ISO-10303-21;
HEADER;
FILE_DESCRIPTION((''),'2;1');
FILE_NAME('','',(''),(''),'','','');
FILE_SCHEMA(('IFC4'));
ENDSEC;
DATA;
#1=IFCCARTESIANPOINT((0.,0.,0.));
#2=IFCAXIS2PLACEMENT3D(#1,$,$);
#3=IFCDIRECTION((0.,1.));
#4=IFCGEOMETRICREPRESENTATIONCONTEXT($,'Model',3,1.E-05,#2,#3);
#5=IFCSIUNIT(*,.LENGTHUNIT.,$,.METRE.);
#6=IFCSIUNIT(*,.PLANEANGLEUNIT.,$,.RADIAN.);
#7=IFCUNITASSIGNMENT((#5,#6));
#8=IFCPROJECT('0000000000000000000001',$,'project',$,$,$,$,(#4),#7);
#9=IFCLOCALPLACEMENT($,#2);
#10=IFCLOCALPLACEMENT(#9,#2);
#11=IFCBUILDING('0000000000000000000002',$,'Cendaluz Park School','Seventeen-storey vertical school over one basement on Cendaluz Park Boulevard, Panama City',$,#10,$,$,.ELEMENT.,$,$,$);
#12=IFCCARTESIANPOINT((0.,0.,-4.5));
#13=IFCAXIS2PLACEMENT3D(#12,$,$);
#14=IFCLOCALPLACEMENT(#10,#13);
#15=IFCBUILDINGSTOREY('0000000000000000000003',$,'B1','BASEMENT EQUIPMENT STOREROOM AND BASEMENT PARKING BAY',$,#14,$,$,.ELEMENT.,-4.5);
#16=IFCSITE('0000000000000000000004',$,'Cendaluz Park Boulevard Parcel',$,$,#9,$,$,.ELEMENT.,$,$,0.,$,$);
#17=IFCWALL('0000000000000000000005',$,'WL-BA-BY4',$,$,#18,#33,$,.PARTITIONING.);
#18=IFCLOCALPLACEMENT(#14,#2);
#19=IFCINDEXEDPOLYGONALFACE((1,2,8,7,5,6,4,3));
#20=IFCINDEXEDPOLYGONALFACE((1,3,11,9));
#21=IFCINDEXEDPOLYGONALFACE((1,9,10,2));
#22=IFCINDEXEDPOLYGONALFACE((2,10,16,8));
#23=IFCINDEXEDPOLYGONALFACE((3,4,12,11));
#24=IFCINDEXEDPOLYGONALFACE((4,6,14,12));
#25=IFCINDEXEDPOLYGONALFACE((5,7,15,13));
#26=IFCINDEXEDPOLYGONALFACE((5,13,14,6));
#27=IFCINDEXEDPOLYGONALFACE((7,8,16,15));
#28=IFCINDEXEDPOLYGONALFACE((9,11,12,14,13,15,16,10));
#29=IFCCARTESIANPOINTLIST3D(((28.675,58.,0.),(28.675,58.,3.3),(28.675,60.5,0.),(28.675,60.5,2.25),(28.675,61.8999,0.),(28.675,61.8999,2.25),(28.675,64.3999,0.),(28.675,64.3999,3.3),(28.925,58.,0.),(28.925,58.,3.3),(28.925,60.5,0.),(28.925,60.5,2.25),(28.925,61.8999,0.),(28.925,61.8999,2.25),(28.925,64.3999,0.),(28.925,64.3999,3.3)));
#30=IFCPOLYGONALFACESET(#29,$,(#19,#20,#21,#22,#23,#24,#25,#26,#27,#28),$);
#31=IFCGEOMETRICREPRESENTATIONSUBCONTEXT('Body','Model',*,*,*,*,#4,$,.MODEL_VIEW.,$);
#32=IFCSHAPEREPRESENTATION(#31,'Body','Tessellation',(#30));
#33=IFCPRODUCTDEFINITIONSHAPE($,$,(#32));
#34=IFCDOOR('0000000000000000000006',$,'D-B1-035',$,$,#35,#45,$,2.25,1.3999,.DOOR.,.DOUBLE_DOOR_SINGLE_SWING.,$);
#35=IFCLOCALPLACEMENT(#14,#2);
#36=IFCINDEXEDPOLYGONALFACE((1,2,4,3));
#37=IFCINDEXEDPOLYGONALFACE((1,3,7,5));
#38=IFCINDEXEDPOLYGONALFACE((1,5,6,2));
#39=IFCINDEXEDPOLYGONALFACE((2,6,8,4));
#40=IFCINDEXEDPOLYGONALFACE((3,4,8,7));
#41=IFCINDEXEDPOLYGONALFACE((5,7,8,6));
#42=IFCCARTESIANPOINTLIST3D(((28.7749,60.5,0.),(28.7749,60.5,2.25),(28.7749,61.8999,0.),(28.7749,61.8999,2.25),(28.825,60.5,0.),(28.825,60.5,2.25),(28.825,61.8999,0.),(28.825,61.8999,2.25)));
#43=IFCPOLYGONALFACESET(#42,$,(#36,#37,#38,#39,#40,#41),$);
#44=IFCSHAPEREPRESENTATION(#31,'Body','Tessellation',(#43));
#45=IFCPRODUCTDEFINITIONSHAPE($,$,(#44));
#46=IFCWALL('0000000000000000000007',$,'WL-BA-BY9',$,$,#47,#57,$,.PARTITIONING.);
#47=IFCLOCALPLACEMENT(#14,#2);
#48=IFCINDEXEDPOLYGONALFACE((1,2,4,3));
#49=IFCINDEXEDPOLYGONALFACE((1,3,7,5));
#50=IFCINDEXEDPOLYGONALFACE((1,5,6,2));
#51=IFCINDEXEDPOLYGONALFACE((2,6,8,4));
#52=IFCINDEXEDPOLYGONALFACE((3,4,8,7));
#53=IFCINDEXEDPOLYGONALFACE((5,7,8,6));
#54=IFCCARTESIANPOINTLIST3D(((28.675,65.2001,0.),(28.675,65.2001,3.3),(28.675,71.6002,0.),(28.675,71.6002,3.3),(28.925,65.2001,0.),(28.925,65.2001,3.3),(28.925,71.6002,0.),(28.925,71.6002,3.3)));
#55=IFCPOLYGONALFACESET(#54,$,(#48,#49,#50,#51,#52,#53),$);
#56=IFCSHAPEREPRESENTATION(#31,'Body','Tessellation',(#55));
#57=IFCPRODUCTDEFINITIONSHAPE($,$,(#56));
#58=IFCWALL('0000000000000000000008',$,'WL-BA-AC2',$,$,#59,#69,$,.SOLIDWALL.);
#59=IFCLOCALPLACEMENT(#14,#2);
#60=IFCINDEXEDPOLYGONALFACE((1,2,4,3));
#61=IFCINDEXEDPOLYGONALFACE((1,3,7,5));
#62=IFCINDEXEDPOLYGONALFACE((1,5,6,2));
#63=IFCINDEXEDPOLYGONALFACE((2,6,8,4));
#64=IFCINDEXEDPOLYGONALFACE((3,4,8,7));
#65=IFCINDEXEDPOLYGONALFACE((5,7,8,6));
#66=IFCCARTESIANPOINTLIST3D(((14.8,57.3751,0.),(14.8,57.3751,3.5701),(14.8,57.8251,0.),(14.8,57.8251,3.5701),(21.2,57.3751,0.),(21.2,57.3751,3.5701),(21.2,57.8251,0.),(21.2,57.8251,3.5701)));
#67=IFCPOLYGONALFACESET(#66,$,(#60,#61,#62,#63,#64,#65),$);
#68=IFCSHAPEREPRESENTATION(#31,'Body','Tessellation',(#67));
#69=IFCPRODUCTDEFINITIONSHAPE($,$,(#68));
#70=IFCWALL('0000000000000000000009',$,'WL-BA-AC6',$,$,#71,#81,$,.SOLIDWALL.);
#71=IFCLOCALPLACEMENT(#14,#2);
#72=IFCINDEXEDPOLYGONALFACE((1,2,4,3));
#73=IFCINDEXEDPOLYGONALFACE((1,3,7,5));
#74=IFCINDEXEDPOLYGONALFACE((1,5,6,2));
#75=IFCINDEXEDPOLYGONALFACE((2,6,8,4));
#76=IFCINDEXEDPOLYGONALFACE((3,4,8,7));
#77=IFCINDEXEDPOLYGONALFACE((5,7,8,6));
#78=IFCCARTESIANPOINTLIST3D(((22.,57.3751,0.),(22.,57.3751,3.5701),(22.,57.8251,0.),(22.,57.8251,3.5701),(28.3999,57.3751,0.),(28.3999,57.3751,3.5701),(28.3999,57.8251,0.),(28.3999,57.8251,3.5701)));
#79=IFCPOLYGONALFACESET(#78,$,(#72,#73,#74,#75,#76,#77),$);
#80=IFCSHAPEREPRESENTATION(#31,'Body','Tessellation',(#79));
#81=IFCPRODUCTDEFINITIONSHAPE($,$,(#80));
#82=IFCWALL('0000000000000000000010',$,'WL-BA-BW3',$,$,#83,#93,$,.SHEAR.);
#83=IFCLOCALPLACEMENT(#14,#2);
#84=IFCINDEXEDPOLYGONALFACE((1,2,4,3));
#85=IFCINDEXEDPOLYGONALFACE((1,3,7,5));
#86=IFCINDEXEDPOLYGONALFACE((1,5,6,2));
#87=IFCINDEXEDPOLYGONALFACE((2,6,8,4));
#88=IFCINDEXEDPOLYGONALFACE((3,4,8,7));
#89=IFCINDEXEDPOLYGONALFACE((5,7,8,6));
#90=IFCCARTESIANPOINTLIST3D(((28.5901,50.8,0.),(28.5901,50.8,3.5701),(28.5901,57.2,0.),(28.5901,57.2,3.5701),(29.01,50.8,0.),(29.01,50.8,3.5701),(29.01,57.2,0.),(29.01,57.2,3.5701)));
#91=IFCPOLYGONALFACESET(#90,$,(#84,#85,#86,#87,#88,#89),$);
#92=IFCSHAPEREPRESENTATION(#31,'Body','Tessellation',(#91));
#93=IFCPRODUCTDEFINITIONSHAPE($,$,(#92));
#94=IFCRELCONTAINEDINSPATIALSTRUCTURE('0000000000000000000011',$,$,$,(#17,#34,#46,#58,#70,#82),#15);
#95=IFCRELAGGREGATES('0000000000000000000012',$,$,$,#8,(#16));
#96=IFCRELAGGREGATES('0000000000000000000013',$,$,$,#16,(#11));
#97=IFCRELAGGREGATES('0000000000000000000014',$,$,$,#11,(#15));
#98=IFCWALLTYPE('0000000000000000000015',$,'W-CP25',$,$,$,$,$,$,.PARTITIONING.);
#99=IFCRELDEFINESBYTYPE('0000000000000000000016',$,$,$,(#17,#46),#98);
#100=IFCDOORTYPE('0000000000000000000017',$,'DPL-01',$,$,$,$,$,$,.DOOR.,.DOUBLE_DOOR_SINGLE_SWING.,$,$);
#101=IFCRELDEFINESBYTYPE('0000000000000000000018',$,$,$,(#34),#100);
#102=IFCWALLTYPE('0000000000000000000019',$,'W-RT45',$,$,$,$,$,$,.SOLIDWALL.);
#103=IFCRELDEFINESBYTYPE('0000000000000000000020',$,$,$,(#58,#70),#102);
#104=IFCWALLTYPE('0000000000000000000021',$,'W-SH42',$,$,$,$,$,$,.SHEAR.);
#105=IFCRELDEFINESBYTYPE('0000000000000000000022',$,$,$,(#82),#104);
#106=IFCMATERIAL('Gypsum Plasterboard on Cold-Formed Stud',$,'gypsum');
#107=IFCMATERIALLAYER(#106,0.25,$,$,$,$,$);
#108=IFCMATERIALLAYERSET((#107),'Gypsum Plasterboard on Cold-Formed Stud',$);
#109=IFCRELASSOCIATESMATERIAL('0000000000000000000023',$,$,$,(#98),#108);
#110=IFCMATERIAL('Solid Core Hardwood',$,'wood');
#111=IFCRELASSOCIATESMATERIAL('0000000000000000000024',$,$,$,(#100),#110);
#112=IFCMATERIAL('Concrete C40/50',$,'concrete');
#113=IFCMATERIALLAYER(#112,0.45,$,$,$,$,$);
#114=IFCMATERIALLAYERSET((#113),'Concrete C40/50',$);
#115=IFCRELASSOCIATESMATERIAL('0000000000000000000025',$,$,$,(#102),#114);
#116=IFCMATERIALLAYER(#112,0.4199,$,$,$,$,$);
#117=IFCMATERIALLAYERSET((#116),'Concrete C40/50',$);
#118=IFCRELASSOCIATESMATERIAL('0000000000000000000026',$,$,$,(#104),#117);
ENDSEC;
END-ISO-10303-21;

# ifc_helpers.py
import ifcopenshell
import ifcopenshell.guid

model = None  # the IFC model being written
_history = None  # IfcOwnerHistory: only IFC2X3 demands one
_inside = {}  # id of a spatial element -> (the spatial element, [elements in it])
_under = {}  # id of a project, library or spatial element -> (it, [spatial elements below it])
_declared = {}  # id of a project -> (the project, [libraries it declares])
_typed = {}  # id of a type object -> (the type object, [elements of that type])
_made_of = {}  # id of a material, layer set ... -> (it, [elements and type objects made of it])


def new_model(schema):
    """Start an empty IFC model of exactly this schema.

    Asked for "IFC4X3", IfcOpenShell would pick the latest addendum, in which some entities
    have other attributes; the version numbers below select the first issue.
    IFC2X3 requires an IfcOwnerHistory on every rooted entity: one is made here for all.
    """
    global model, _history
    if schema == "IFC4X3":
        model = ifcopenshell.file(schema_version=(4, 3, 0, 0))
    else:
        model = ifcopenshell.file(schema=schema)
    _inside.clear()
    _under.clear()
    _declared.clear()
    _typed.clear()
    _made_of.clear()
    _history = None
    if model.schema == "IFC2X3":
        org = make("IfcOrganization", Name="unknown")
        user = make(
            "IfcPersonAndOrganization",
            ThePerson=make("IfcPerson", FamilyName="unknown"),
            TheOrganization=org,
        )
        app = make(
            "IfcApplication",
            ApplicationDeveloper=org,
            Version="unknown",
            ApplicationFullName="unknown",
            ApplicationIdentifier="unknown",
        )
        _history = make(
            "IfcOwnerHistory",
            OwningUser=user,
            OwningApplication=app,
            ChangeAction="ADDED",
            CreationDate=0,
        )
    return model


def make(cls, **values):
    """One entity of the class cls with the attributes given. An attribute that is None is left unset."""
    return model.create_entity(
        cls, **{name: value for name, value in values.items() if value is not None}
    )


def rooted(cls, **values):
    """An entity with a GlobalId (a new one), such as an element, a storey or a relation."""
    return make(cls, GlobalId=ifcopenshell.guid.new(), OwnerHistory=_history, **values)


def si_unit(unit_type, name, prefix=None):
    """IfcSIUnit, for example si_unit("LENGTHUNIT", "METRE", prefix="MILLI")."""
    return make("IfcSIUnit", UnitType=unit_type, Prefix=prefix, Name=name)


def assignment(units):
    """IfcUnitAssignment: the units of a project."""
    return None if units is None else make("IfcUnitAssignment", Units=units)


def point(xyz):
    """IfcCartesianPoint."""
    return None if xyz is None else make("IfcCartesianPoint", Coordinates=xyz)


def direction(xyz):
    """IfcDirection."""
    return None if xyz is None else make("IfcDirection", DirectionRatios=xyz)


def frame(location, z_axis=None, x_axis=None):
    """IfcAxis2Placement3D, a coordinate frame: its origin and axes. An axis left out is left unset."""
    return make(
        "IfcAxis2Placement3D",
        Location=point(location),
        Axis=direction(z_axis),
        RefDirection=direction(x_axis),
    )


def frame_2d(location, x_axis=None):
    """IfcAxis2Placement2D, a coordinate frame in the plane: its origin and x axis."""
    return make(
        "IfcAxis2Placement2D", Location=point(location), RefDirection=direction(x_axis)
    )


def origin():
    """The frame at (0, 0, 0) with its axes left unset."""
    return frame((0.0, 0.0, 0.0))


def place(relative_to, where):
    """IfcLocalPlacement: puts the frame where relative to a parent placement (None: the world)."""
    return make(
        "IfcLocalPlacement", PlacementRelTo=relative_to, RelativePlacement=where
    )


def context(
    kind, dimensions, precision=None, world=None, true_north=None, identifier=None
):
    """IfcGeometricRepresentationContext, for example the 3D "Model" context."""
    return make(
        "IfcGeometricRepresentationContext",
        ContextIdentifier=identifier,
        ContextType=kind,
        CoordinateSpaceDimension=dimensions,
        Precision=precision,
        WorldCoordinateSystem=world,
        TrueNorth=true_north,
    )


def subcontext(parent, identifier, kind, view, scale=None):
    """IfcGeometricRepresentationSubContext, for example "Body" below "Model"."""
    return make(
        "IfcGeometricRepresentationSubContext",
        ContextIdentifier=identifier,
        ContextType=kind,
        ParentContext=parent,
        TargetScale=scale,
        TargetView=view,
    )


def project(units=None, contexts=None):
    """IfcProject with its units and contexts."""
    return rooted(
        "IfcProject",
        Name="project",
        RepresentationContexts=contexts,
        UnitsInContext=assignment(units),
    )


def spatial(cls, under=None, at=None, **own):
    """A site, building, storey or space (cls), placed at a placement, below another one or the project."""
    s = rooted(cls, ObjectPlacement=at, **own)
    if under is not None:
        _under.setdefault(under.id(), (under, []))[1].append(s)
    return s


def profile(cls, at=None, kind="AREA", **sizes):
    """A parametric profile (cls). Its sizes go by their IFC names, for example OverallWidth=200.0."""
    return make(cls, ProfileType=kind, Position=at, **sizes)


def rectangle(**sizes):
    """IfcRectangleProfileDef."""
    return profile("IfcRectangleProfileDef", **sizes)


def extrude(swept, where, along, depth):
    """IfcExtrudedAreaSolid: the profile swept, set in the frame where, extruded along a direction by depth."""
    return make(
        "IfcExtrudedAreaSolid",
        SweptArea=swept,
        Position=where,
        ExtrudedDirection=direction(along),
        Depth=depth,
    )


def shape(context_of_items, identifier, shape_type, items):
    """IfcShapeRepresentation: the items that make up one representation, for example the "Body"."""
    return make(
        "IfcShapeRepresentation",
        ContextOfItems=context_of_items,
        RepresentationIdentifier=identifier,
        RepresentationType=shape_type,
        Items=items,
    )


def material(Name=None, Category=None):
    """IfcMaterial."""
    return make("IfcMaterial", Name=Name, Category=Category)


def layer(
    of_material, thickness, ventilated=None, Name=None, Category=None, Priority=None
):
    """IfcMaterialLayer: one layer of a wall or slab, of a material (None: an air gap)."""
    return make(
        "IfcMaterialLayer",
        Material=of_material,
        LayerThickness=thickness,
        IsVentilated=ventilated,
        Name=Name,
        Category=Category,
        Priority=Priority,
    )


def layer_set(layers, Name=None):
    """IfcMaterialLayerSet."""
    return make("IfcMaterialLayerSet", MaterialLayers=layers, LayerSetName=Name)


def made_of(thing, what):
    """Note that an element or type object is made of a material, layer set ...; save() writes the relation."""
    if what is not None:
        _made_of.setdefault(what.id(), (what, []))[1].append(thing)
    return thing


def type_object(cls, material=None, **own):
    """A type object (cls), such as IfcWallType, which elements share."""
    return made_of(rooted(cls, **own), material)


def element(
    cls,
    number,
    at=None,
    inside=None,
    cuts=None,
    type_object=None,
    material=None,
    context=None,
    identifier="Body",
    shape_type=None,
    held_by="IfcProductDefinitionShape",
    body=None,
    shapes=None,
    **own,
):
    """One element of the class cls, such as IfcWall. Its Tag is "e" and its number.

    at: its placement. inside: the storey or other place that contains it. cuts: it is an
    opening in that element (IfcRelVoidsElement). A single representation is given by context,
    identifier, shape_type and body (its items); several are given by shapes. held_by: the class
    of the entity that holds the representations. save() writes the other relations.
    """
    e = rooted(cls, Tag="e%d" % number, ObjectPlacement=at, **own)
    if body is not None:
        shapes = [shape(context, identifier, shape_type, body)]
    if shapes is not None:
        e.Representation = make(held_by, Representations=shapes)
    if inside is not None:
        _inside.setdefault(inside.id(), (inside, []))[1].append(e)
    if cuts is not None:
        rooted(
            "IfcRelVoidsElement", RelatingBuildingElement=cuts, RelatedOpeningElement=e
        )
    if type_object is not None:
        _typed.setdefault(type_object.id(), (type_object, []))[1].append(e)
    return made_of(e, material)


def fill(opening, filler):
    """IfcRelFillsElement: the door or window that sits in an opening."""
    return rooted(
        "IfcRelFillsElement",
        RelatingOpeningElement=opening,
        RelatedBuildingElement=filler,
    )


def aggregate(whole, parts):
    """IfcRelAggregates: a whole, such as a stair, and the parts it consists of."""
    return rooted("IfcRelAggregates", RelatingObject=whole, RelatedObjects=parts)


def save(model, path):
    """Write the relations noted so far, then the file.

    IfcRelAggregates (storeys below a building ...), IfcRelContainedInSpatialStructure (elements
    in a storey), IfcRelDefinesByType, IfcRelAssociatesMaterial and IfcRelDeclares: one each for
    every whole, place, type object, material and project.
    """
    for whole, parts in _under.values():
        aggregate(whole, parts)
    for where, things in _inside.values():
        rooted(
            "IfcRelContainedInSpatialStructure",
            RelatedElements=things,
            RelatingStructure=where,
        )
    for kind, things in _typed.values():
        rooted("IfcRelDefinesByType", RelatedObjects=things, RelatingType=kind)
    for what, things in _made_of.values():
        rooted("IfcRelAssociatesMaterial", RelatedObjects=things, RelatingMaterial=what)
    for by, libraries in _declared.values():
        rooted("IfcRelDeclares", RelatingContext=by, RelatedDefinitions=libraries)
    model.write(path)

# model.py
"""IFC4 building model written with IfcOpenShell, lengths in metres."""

from ifc_helpers import new_model, si_unit, direction, frame, frame_2d, origin, place, context, subcontext, project, spatial, rectangle, extrude, material, layer, layer_set, type_object, element, fill, save


model = new_model("IFC4")

# Units and contexts
model_context = context("Model", 3, precision=1e-05, world=origin(), true_north=direction((0.0, 1.0)))
body_context = subcontext(model_context, "Body", "Model", "MODEL_VIEW")
ifc_project = project(units=[si_unit("LENGTHUNIT", "METRE"), si_unit("PLANEANGLEUNIT", "RADIAN")], contexts=[model_context])

# Site, building, storey
site_placement = place(None, origin())
site = spatial("IfcSite", under=ifc_project, at=site_placement, Name="Cendaluz Park Boulevard Parcel", CompositionType="ELEMENT", RefElevation=0.0)
building_placement = place(site_placement, origin())
building = spatial("IfcBuilding", under=site, at=building_placement, Name="Cendaluz Park School", Description="Seventeen-storey vertical school over one basement on Cendaluz Park Boulevard, Panama City", CompositionType="ELEMENT")
storey_placement = place(building_placement, frame((0.0, 0.0, -4.5)))
storey = spatial("IfcBuildingStorey", under=building, at=storey_placement, Name="B1", Description="BASEMENT EQUIPMENT STOREROOM AND BASEMENT PARKING BAY", CompositionType="ELEMENT", Elevation=-4.5)

# Shared definitions
ifc_material_1 = material(Name="Concrete C40/50", Category="concrete")

# Shared definitions
ifc_material_2 = material(Name="Gypsum Plasterboard on Cold-Formed Stud", Category="gypsum")
ifc_layer_1 = layer(ifc_material_2, 0.25)
ifc_layer_set_1 = layer_set([ifc_layer_1], Name="Gypsum Plasterboard on Cold-Formed Stud")
wall_type_1 = type_object("IfcWallType", Name="W-CP25", PredefinedType="PARTITIONING", material=ifc_layer_set_1)

# Wall, opening, door
wall_1_placement = place(storey_placement, frame((28.8, 58.0, 0.0), z_axis=(0.0, 0.0, 1.0), x_axis=(0.0, 1.0, 0.0)))
wall_1 = element("IfcWall", 1, at=wall_1_placement, inside=storey, type_object=wall_type_1, Name="WL-BA-BY4", PredefinedType="PARTITIONING", context=body_context, shape_type="SweptSolid", body=[
    extrude(rectangle(XDim=6.3999, YDim=0.25, at=frame_2d((3.2, 0.0))), origin(), (0.0, 0.0, 1.0), 3.3),
])
opening_placement = place(wall_1_placement, frame((2.5, 0.0, 0.0)))
opening = element("IfcOpeningElement", 2, at=opening_placement, cuts=wall_1, PredefinedType="OPENING", context=body_context, shape_type="SweptSolid", body=[
    extrude(rectangle(XDim=1.3999, YDim=2.25, at=frame_2d((0.7, 1.125))), frame((0.0, 0.137, 0.0), z_axis=(0.0, -1.0, 0.0), x_axis=(1.0, 0.0, 0.0)), (0.0, 0.0, 1.0), 0.2739),
])
ifc_material_3 = material(Name="Solid Core Hardwood", Category="wood")
door_type = type_object("IfcDoorType", Name="DPL-01", OperationType="DOUBLE_DOOR_SINGLE_SWING", PredefinedType="DOOR", material=ifc_material_3)
door_placement = place(opening_placement, frame((1.3999, 0.0, 0.0), z_axis=(0.0, 0.0, 1.0), x_axis=(-1.0, 0.0, 0.0)))
door = element("IfcDoor", 3, at=door_placement, inside=storey, type_object=door_type, Name="D-B1-035", OperationType="DOUBLE_DOOR_SINGLE_SWING", OverallHeight=2.25, OverallWidth=1.3999, PredefinedType="DOOR", context=body_context, shape_type="SweptSolid", body=[
    extrude(rectangle(XDim=1.3999, YDim=2.25, at=frame_2d((0.7, 1.125))), frame((0.0, 0.0249, 0.0), z_axis=(0.0, -1.0, 0.0), x_axis=(1.0, 0.0, 0.0)), (0.0, 0.0, 1.0), 0.05),
])
fill(opening, door)

# Walls
wall_2_placement = place(storey_placement, frame((28.8, 65.2, 0.0), z_axis=(0.0, 0.0, 1.0), x_axis=(0.0, 1.0, 0.0)))
element("IfcWall", 4, at=wall_2_placement, inside=storey, type_object=wall_type_1, Name="WL-BA-BY9", PredefinedType="PARTITIONING", context=body_context, shape_type="SweptSolid", body=[
    extrude(rectangle(XDim=6.4001, YDim=0.25, at=frame_2d((3.2002, 0.0))), origin(), (0.0, 0.0, 1.0), 3.3),
])
ifc_layer_2 = layer(ifc_material_1, 0.45)
ifc_layer_set_2 = layer_set([ifc_layer_2], Name="Concrete C40/50")
wall_type_2 = type_object("IfcWallType", Name="W-RT45", PredefinedType="SOLIDWALL", material=ifc_layer_set_2)
for number, where, z_axis, x_axis, name in (
    (5, (14.8, 57.6001, 0.0), (0.0, 0.0, 1.0), (1.0, 0.0, 0.0), "WL-BA-AC2"),
    (6, (22.0, 57.6001, 0.0), (0.0, 0.0, 1.0), (1.0, 0.0, 0.0), "WL-BA-AC6"),
):
    element("IfcWall", number, at=place(storey_placement, frame(where, z_axis=z_axis, x_axis=x_axis)), inside=storey, type_object=wall_type_2, Name=name, PredefinedType="SOLIDWALL", context=body_context, shape_type="SweptSolid", body=[
        extrude(rectangle(XDim=6.3999, YDim=0.45, at=frame_2d((3.2, 0.0))), origin(), (0.0, 0.0, 1.0), 3.5701),
    ])
ifc_layer_3 = layer(ifc_material_1, 0.4199)
ifc_layer_set_3 = layer_set([ifc_layer_3], Name="Concrete C40/50")
wall_type_3 = type_object("IfcWallType", Name="W-SH42", PredefinedType="SHEAR", material=ifc_layer_set_3)
wall_3_placement = place(storey_placement, frame((28.8, 50.8, 0.0), z_axis=(0.0, 0.0, 1.0), x_axis=(0.0, 1.0, 0.0)))
element("IfcWall", 7, at=wall_3_placement, inside=storey, type_object=wall_type_3, Name="WL-BA-BW3", PredefinedType="SHEAR", context=body_context, shape_type="SweptSolid", body=[
    extrude(rectangle(XDim=6.3999, YDim=0.4199, at=frame_2d((3.2, 0.0))), origin(), (0.0, 0.0, 1.0), 3.5701),
])

save(model, "model.ifc")
